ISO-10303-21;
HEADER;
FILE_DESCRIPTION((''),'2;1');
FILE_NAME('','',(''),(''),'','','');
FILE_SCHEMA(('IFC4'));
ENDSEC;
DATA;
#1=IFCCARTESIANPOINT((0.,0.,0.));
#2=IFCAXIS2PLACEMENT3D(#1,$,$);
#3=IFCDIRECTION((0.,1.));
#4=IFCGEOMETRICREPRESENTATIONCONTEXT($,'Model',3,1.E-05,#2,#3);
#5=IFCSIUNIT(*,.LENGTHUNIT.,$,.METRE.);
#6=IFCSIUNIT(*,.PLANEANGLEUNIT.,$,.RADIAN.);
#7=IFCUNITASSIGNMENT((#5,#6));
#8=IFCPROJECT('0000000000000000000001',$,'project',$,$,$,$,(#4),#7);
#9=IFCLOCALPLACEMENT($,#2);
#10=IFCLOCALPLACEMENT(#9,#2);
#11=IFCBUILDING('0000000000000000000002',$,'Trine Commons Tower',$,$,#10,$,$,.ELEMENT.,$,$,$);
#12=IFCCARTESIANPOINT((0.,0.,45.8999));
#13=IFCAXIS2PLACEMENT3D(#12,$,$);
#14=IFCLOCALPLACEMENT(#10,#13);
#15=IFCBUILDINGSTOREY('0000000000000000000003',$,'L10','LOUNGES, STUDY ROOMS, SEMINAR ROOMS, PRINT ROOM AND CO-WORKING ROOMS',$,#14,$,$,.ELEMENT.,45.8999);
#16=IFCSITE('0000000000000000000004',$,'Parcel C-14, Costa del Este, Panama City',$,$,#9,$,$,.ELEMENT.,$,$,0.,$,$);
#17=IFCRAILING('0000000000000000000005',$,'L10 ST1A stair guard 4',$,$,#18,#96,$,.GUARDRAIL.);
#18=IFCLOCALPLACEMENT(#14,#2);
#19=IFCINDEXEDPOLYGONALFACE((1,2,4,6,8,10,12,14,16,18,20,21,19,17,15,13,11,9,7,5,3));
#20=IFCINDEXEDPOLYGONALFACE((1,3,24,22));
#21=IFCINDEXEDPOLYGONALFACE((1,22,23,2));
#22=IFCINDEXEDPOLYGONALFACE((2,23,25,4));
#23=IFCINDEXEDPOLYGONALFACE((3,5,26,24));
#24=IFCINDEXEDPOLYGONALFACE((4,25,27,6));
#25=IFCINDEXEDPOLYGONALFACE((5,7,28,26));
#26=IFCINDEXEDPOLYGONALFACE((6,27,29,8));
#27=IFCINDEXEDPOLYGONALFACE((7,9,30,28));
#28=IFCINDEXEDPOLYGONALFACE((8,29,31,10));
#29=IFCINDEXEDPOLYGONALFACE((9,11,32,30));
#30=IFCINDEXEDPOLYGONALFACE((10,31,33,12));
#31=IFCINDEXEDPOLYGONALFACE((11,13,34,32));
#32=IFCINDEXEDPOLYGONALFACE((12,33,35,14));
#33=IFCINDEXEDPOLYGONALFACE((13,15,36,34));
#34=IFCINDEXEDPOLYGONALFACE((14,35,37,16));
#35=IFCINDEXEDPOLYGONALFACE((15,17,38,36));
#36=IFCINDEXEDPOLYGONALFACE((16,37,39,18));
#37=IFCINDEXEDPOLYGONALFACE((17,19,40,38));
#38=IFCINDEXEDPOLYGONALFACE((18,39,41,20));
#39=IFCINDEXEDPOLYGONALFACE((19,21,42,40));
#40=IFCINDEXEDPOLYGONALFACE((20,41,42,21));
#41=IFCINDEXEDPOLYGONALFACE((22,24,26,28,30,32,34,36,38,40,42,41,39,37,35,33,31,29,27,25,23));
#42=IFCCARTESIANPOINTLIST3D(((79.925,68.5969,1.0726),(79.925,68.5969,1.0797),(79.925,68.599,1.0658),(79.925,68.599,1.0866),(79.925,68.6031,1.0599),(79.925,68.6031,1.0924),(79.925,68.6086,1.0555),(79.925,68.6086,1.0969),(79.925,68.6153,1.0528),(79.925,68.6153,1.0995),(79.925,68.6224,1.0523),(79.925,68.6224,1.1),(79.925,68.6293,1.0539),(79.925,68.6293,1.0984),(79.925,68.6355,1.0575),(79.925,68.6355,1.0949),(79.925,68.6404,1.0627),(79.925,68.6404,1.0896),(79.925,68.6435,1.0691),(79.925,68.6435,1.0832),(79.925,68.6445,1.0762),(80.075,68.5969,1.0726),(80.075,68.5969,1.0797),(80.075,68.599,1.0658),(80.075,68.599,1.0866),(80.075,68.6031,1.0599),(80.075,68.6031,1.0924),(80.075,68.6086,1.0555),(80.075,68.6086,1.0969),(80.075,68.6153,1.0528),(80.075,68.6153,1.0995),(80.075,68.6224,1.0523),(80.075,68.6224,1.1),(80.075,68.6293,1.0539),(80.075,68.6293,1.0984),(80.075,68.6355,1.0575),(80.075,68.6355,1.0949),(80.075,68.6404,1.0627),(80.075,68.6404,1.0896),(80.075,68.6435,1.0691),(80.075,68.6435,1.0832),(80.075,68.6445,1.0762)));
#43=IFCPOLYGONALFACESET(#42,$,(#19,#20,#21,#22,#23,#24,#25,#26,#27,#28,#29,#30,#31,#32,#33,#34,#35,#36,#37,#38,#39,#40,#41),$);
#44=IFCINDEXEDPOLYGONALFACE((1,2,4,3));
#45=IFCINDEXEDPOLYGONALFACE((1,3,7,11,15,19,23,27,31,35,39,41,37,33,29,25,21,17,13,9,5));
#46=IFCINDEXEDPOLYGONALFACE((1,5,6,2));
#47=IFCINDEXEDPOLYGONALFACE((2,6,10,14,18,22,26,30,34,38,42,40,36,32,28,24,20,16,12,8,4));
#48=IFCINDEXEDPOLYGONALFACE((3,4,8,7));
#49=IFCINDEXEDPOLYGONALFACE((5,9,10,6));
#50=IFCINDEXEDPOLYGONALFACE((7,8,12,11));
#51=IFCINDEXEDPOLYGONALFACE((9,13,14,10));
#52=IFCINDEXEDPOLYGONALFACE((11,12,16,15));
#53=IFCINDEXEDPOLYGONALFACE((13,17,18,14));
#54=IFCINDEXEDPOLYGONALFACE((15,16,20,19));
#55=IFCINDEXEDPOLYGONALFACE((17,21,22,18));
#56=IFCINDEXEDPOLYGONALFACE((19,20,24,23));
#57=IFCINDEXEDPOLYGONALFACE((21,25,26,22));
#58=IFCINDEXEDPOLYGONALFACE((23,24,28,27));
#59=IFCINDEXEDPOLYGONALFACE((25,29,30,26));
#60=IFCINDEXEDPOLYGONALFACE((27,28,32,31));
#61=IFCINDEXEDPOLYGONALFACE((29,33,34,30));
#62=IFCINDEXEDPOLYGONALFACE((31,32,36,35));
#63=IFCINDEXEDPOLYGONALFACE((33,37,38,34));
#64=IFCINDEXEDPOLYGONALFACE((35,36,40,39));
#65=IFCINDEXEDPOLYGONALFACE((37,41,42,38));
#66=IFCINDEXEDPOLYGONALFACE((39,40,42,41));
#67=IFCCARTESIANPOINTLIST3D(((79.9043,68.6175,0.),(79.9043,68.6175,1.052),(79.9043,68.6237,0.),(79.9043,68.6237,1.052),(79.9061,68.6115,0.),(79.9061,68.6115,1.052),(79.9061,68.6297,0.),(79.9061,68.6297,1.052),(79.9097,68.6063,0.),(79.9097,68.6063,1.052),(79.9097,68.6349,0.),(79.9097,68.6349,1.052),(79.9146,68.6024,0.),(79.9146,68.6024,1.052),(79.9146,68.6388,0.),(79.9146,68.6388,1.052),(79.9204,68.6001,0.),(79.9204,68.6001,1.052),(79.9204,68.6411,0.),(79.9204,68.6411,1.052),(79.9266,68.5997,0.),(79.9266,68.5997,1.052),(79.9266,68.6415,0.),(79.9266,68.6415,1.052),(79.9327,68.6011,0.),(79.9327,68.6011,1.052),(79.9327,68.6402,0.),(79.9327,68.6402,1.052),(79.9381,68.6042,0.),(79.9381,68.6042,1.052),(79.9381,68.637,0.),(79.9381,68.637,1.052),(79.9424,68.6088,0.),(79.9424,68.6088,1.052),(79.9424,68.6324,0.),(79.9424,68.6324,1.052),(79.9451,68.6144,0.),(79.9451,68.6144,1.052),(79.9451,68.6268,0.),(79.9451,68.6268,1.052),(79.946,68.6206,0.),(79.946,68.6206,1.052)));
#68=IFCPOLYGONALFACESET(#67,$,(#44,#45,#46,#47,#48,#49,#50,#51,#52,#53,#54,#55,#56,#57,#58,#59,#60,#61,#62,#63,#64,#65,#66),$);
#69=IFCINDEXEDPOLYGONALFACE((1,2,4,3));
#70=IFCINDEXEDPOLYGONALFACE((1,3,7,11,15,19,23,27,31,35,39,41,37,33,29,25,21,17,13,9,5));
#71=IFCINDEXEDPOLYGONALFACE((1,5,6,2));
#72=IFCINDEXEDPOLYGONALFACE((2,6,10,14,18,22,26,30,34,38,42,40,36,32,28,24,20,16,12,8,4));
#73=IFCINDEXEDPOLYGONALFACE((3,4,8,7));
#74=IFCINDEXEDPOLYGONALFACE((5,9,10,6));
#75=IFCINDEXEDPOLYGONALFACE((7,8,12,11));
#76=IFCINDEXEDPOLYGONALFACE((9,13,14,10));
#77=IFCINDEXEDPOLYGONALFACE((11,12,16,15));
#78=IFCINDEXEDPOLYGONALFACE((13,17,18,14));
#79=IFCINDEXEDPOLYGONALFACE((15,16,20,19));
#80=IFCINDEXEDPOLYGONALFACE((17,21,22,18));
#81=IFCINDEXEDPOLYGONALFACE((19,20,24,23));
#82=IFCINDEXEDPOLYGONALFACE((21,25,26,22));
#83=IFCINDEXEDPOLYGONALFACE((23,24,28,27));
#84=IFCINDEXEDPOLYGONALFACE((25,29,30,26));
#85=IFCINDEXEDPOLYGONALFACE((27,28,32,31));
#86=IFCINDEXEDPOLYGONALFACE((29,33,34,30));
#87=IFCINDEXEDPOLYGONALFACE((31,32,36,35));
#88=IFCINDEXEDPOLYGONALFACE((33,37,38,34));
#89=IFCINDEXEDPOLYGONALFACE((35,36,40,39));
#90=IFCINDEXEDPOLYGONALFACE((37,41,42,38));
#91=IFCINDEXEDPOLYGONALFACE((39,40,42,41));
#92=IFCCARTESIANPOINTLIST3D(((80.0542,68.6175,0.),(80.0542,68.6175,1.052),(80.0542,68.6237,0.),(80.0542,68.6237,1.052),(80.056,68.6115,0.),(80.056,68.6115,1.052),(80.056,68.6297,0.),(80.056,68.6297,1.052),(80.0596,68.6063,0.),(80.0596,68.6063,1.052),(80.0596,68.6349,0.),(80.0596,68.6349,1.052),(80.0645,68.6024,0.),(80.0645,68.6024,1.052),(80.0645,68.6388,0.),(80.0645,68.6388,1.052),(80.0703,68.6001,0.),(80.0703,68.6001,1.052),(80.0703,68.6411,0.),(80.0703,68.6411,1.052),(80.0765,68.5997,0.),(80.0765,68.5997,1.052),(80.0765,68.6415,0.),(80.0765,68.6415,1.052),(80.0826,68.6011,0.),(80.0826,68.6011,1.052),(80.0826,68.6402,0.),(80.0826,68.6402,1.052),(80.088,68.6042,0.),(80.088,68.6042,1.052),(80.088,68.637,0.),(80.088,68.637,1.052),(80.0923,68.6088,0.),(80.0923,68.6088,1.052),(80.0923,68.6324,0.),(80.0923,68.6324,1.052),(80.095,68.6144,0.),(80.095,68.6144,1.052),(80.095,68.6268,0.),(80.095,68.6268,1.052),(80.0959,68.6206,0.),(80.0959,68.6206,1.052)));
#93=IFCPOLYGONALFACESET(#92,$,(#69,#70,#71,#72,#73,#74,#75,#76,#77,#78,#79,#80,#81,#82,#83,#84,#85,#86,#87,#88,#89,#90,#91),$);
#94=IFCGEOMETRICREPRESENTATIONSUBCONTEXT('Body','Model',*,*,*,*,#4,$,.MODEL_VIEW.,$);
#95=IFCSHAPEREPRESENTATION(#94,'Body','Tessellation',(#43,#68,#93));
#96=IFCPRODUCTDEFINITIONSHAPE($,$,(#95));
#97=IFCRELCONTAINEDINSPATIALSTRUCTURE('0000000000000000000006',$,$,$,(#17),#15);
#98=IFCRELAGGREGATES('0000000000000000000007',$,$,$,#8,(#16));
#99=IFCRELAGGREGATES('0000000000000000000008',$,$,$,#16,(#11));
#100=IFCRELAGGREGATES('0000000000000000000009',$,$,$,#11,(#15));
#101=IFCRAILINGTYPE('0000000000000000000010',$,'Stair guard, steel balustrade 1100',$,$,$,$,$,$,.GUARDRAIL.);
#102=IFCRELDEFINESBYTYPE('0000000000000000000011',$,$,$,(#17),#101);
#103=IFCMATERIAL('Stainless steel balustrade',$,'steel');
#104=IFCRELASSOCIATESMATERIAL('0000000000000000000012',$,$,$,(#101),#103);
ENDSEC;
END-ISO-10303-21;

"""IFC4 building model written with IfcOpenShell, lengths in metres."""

from ifc_helpers import new_model, si_unit, direction, frame, origin, origin_2d, place, context, subcontext, project, spatial, circle, extrude, material, type_object, element, save


model = new_model("IFC4")

# Units and contexts
model_context = context("Model", 3, precision=1e-05, world=origin(), true_north=direction((0.0, 1.0)))
body_context = subcontext(model_context, "Body", "Model", "MODEL_VIEW")
ifc_project = project(units=[si_unit("LENGTHUNIT", "METRE"), si_unit("PLANEANGLEUNIT", "RADIAN")], contexts=[model_context])

# Site, building, storey
site_placement = place(None, origin())
site = spatial("IfcSite", under=ifc_project, at=site_placement, Name="Parcel C-14, Costa del Este, Panama City", CompositionType="ELEMENT", RefElevation=0.0)
building_placement = place(site_placement, origin())
building = spatial("IfcBuilding", under=site, at=building_placement, Name="Trine Commons Tower", CompositionType="ELEMENT")
storey_placement = place(building_placement, frame((0.0, 0.0, 45.8999)))
storey = spatial("IfcBuildingStorey", under=building, at=storey_placement, Name="L10", Description="LOUNGES, STUDY ROOMS, SEMINAR ROOMS, PRINT ROOM AND CO-WORKING ROOMS", CompositionType="ELEMENT", Elevation=45.8999)

# Railing
ifc_material_1 = material(Name="Stainless steel balustrade", Category="steel")
railing_type_1 = type_object("IfcRailingType", Name="Stair guard, steel balustrade 1100", PredefinedType="GUARDRAIL", material=ifc_material_1)
railing_1_placement = place(storey_placement, frame((79.925, 68.6206, 0.0)))
element("IfcRailing", 1, at=railing_1_placement, inside=storey, type_object=railing_type_1, Name="L10 ST1A stair guard 4", PredefinedType="GUARDRAIL", context=body_context, shape_type="SweptSolid", body=[
    extrude(circle(Radius=0.0239, at=origin_2d()), frame((0.0, 0.0, 1.0762), z_axis=(1.0, 0.0, 0.0), x_axis=(0.0, 1.0, 0.0)), (0.0, 0.0, 1.0), 0.1499),
    extrude(circle(Radius=0.021, at=origin_2d()), origin(), (0.0, 0.0, 1.0), 1.052),
    extrude(circle(Radius=0.021, at=origin_2d()), frame((0.1499, 0.0, 0.0)), (0.0, 0.0, 1.0), 1.052),
])

save(model, "model.ifc")
